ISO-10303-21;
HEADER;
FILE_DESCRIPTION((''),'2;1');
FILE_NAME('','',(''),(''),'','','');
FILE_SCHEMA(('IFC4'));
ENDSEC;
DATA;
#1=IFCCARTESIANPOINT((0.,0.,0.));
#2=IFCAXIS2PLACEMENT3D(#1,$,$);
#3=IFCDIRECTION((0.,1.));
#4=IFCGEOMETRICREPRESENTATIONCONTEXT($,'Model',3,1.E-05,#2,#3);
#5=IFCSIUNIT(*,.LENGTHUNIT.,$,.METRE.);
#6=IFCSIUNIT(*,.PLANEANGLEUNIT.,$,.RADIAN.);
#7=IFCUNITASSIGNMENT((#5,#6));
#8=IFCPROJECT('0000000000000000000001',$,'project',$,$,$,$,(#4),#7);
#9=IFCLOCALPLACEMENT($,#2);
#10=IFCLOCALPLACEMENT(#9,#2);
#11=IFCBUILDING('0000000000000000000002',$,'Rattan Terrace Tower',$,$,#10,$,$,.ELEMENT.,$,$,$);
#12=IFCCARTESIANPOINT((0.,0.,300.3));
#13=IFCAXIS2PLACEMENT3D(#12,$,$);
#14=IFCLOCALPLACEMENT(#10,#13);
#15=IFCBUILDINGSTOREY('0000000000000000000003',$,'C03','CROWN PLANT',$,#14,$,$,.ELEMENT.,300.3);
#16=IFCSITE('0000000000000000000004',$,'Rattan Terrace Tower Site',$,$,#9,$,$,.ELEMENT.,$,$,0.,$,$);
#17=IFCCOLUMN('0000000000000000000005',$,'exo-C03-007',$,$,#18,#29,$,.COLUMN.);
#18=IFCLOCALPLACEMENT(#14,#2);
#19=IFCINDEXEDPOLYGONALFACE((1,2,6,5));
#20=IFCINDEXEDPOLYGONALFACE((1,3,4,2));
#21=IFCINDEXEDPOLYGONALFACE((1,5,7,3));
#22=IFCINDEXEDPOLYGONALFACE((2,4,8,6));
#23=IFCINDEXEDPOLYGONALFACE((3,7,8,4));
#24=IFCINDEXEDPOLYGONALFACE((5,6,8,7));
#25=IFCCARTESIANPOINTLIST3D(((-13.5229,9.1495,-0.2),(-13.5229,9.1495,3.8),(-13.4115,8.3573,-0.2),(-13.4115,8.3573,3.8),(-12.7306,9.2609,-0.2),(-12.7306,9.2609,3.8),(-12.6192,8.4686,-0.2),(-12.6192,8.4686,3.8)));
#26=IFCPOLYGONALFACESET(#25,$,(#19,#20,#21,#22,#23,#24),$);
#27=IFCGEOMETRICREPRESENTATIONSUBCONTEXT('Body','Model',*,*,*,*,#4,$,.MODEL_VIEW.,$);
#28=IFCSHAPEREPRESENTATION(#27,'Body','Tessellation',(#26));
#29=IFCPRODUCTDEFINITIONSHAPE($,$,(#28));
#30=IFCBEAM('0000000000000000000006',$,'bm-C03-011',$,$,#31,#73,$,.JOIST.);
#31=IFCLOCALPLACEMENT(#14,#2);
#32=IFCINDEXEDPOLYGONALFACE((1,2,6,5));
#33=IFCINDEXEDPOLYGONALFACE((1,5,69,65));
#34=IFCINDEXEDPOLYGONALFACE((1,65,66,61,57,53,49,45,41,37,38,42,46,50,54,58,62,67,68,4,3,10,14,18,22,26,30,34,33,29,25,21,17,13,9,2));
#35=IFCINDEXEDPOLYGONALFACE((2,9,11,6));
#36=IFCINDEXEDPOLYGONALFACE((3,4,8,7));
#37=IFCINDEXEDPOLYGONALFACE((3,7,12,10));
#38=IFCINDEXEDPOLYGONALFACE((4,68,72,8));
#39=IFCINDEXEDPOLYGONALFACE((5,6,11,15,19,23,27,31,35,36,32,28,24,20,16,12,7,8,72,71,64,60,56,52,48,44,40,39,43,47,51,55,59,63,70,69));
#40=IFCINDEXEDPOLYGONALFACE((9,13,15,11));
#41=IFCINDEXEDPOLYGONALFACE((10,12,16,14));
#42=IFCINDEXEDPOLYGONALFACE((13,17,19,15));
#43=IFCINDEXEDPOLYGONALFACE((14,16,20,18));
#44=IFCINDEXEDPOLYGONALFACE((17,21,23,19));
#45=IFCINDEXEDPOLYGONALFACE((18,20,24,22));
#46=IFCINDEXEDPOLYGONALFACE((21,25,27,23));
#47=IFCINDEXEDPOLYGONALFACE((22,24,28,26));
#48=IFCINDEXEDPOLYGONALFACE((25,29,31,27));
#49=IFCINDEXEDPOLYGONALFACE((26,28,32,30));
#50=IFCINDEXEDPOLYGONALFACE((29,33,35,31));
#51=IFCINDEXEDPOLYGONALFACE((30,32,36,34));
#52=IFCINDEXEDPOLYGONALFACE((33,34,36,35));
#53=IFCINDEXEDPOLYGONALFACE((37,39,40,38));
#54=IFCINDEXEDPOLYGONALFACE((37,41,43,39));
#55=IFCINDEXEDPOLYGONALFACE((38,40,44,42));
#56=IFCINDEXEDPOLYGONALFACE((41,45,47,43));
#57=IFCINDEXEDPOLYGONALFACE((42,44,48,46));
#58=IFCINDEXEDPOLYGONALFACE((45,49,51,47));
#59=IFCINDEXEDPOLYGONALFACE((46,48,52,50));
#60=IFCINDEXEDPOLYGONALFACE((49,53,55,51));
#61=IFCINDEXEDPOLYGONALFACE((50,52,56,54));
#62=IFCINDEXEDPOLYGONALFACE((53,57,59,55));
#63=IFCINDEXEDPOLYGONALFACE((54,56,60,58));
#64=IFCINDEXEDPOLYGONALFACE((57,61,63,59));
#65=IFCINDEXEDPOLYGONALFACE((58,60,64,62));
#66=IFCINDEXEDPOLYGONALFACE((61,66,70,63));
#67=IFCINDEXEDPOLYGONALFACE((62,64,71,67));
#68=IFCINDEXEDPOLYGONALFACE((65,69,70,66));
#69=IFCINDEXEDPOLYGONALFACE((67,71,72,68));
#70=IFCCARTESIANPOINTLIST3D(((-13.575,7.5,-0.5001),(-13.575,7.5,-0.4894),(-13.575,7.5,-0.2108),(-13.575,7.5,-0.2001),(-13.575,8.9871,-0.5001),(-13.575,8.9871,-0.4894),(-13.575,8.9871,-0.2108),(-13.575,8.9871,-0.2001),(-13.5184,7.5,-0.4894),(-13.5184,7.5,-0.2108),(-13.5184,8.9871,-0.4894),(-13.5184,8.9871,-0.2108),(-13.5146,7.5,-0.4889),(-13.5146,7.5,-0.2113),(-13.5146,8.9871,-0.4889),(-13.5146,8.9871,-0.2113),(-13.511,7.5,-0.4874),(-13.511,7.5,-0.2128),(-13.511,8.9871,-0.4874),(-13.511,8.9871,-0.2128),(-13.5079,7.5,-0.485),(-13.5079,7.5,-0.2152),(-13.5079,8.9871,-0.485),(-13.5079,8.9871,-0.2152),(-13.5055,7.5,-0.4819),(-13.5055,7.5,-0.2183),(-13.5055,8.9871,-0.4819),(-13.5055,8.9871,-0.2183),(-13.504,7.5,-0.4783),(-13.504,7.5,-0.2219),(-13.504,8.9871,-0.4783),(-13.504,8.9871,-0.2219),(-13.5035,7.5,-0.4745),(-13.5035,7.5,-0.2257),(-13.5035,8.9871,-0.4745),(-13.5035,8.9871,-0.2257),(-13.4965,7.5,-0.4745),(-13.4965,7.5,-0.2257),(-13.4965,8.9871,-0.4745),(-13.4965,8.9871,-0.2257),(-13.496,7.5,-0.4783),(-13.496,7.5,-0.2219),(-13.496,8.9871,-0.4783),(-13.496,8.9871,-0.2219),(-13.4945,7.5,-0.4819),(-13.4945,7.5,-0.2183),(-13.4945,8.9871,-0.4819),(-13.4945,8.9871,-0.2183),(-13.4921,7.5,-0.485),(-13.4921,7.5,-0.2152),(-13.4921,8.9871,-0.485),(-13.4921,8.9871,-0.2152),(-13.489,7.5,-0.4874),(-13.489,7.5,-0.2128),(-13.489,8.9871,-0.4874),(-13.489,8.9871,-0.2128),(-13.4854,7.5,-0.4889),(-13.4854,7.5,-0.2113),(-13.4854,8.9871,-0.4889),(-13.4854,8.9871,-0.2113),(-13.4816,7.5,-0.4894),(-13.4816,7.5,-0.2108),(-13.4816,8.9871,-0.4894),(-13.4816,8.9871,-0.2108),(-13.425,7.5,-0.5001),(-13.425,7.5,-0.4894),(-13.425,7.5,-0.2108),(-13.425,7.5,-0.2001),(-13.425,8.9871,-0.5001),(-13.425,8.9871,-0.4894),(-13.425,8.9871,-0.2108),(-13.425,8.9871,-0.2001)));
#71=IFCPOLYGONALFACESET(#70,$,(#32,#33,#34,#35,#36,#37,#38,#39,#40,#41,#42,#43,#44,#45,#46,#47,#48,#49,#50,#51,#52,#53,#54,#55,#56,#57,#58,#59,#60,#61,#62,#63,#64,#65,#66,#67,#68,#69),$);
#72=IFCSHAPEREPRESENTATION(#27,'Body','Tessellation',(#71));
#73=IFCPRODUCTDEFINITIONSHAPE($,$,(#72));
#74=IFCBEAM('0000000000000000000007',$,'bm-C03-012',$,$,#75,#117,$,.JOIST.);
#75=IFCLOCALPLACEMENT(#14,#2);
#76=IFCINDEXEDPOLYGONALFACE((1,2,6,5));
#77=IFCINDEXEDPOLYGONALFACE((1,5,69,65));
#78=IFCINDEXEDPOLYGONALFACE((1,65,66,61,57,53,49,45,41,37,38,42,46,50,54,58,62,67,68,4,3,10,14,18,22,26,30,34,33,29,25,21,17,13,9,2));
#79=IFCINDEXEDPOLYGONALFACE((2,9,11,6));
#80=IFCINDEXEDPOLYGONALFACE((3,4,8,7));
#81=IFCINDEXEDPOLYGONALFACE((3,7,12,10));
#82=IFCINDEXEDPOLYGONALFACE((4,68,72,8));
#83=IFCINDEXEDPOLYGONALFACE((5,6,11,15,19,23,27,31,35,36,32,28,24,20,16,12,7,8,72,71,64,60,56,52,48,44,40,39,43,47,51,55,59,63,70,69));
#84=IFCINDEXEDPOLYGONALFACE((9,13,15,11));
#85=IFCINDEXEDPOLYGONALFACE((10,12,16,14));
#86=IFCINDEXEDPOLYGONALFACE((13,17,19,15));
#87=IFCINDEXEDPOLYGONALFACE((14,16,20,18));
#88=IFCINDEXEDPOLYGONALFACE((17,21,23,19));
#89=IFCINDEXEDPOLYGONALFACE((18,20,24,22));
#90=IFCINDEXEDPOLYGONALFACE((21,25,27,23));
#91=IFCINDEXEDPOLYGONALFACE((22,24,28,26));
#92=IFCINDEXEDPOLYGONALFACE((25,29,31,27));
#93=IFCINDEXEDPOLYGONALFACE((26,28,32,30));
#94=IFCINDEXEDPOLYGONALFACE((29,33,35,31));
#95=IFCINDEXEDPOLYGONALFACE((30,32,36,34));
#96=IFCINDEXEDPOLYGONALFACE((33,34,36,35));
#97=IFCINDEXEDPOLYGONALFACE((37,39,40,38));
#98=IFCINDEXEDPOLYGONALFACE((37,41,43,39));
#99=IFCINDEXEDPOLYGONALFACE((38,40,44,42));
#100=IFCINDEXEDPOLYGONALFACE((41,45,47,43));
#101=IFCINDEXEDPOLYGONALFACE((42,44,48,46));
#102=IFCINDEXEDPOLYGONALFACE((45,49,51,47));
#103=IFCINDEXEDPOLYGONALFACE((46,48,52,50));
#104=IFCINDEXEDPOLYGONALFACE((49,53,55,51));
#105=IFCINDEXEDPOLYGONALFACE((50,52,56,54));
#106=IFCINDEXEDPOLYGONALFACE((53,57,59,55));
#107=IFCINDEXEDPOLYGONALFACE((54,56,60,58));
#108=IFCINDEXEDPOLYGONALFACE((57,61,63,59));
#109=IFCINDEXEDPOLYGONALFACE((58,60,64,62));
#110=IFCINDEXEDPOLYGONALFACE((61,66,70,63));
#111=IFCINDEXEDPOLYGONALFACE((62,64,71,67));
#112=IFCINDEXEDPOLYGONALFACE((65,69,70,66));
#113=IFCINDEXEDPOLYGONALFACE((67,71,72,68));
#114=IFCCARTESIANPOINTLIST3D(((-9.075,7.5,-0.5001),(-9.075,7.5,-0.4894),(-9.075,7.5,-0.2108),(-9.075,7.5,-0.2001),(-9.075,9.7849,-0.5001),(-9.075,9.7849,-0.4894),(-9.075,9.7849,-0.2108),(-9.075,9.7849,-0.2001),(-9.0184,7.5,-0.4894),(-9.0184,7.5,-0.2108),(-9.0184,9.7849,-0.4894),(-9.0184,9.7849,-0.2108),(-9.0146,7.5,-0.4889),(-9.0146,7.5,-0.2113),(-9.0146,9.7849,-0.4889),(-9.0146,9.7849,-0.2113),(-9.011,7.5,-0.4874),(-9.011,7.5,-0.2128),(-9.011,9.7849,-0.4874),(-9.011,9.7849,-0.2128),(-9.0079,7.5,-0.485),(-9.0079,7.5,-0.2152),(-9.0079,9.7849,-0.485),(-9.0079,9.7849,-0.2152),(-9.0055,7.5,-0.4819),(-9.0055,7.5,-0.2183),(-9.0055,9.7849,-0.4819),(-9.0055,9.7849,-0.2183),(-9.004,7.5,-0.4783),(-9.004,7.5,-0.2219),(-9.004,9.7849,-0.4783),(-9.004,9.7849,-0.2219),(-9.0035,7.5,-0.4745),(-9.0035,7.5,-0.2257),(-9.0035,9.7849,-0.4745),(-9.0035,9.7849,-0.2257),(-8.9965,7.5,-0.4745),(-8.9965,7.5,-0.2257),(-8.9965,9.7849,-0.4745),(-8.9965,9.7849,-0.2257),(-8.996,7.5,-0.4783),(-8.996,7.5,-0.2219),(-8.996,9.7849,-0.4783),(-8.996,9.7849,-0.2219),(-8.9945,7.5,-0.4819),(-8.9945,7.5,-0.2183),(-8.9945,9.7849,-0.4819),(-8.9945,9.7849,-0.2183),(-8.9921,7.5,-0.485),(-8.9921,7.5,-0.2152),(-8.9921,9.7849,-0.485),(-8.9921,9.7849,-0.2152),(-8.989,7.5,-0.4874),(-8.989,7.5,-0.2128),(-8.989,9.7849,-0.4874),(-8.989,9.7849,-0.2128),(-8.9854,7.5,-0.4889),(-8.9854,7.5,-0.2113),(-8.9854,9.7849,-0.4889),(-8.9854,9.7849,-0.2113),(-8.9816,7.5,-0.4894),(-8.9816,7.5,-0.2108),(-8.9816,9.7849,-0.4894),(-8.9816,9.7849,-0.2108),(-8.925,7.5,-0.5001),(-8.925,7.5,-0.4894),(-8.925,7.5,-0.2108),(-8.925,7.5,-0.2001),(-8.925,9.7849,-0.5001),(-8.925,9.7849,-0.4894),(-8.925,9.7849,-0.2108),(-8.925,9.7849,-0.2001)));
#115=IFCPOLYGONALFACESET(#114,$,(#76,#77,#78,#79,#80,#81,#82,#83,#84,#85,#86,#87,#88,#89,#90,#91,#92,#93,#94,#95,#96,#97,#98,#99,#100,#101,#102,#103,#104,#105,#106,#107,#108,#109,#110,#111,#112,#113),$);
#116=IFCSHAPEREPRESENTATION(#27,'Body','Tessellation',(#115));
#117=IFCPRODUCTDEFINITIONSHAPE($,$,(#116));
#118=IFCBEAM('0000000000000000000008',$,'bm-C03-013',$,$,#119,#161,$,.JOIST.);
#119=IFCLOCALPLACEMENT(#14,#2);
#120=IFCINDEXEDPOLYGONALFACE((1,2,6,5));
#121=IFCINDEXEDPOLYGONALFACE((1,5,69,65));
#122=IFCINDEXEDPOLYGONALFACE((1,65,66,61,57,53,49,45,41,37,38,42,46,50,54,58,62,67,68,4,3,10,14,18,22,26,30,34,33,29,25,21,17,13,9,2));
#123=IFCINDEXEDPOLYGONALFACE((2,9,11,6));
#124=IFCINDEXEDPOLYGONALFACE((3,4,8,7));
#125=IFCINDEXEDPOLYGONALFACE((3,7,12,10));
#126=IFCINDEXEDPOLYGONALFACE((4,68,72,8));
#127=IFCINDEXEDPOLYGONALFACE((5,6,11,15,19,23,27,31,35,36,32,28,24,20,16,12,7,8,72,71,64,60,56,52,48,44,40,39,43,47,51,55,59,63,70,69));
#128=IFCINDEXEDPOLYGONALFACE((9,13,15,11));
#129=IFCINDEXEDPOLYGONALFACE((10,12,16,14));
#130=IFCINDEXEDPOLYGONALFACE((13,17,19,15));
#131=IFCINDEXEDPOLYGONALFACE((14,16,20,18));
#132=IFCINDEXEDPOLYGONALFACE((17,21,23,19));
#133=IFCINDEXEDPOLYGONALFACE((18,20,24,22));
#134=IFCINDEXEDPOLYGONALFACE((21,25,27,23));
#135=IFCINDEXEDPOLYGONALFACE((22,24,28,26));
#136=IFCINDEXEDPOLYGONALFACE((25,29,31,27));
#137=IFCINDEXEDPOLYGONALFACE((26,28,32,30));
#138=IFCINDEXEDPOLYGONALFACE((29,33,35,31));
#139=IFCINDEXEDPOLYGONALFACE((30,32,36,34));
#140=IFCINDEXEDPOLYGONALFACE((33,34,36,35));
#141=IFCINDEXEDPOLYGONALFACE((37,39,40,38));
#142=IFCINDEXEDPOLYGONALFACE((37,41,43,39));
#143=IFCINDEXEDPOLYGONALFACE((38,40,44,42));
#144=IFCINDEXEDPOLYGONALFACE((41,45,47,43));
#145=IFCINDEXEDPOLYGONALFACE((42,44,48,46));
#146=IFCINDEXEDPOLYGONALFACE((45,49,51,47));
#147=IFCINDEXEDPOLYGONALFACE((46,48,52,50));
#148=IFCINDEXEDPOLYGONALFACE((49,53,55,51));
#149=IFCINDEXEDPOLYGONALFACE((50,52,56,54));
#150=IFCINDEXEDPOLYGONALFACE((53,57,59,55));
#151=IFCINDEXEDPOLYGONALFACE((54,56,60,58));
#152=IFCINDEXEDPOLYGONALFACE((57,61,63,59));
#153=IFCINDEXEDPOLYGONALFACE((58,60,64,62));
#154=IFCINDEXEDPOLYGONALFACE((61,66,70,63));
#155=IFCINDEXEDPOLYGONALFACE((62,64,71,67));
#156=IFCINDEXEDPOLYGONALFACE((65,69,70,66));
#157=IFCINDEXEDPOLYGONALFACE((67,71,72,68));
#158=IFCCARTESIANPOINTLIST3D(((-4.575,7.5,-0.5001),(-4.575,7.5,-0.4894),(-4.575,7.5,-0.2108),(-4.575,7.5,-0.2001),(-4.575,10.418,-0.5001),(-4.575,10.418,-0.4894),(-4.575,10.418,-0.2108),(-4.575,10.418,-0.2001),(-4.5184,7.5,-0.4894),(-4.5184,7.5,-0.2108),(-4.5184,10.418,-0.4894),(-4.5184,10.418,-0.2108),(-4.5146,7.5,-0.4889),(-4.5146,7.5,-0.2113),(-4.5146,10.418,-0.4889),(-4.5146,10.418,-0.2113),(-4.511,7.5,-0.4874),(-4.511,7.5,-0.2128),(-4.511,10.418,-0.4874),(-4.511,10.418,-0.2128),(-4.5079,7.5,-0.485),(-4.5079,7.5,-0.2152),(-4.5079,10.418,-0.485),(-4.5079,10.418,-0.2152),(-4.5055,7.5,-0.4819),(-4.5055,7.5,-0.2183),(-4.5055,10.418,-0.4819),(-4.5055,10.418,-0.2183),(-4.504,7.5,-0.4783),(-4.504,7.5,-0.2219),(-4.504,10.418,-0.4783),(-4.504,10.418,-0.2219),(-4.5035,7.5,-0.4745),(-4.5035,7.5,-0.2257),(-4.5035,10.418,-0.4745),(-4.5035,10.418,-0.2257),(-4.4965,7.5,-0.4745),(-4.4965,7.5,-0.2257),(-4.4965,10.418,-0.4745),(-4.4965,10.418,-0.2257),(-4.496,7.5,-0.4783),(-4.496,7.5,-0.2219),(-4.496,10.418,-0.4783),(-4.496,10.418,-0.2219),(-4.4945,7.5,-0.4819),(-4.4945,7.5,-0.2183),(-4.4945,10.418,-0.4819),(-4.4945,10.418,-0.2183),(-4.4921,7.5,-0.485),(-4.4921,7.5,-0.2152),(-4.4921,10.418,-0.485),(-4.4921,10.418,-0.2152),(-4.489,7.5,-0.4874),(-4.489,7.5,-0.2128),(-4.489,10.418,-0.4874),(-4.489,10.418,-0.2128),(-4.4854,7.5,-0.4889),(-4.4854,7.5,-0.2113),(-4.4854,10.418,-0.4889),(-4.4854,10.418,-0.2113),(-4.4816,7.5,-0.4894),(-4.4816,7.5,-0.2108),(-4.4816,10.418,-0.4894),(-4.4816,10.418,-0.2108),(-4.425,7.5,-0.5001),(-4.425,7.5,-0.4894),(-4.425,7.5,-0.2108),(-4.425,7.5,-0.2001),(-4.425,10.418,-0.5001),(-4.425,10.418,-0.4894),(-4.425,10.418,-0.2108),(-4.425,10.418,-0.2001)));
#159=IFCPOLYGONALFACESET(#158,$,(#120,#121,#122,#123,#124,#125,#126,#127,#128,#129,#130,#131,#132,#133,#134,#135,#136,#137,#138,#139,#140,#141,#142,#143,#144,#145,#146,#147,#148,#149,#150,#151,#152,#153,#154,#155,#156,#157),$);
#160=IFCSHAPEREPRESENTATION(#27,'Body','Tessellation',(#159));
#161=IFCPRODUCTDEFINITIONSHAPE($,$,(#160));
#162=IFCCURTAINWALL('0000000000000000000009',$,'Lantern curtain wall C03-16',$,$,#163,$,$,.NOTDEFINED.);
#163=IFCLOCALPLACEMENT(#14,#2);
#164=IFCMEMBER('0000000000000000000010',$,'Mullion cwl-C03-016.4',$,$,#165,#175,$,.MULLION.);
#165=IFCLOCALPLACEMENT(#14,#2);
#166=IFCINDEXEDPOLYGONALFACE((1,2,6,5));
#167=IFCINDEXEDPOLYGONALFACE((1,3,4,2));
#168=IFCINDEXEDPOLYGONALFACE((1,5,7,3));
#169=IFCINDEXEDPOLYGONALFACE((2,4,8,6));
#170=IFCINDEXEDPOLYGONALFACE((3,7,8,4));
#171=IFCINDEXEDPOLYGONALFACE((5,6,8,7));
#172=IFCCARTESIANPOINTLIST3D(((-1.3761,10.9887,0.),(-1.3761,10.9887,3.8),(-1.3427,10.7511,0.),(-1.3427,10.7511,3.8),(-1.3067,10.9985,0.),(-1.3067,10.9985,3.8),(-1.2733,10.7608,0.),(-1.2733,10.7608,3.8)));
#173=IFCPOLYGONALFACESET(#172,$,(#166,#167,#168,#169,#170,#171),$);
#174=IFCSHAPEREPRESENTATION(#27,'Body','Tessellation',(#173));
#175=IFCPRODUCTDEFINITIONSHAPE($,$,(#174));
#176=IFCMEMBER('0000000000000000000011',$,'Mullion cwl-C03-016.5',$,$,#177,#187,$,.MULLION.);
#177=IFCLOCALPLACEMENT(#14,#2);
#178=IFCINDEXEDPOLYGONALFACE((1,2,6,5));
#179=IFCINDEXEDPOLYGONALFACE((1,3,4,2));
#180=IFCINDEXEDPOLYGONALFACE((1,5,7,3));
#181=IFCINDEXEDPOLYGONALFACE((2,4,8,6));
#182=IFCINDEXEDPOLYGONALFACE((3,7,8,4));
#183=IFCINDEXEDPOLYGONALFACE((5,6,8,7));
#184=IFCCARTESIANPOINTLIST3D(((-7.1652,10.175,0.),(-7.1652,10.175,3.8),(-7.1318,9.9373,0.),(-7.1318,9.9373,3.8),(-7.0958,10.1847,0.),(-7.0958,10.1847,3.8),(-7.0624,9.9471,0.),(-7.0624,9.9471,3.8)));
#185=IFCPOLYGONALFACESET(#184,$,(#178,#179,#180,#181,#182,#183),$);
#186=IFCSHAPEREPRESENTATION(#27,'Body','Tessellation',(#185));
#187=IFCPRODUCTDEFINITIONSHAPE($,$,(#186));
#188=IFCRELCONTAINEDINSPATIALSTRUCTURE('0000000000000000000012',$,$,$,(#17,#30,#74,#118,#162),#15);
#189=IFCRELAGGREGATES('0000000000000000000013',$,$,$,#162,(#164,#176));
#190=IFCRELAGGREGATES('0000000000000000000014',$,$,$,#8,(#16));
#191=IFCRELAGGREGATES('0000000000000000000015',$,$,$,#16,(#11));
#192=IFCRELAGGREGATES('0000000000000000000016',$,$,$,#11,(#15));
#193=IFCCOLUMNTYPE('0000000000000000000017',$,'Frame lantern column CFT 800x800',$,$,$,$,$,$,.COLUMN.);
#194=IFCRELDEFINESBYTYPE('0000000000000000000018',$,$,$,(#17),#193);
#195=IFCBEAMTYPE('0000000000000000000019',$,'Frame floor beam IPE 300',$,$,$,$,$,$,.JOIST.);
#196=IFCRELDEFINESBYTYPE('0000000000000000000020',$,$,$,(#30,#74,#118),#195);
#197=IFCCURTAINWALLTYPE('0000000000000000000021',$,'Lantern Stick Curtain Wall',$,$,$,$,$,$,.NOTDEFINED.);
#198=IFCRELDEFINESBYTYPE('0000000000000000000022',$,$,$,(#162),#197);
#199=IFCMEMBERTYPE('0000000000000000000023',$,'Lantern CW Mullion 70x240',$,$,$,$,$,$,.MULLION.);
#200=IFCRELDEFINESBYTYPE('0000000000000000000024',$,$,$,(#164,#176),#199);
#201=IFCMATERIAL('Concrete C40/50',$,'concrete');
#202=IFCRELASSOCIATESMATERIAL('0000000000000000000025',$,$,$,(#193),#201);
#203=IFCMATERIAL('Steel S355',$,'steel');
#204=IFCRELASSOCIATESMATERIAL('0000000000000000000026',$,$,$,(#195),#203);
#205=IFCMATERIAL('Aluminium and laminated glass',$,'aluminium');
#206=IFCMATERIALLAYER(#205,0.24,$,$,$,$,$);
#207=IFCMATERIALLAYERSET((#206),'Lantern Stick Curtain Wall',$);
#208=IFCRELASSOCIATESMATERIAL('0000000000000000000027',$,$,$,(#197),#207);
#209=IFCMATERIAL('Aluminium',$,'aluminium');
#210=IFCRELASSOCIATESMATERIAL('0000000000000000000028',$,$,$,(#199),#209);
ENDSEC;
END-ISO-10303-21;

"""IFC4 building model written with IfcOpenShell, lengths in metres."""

from ifc_helpers import new_model, si_unit, direction, frame, origin, origin_2d, place, context, subcontext, project, spatial, rectangle, i_section, extrude, material, layer, layer_set, material_profile, profile_set, type_object, element, aggregate, save


model = new_model("IFC4")

# Units and contexts
model_context = context("Model", 3, precision=1e-05, world=origin(), true_north=direction((0.0, 1.0)))
body_context = subcontext(model_context, "Body", "Model", "MODEL_VIEW")
ifc_project = project(units=[si_unit("LENGTHUNIT", "METRE"), si_unit("PLANEANGLEUNIT", "RADIAN")], contexts=[model_context])

# Site, building, storey
site_placement = place(None, origin())
site = spatial("IfcSite", under=ifc_project, at=site_placement, Name="Rattan Terrace Tower Site", CompositionType="ELEMENT", RefElevation=0.0)
building_placement = place(site_placement, origin())
building = spatial("IfcBuilding", under=site, at=building_placement, Name="Rattan Terrace Tower", CompositionType="ELEMENT")
storey_placement = place(building_placement, frame((0.0, 0.0, 300.3)))
storey = spatial("IfcBuildingStorey", under=building, at=storey_placement, Name="C03", Description="CROWN PLANT", CompositionType="ELEMENT", Elevation=300.3)

# Column
ifc_material_1 = material(Name="Concrete C40/50", Category="concrete")
ifc_material_profile_1 = material_profile(ifc_material_1, rectangle(XDim=0.8, YDim=0.8, at=origin_2d()), Name="CFT 800x800")
ifc_profile_set_1 = profile_set([ifc_material_profile_1], Name="Concrete C40/50")
column_type = type_object("IfcColumnType", Name="Frame lantern column CFT 800x800", PredefinedType="COLUMN", material=ifc_profile_set_1)
column_placement = place(storey_placement, frame((-13.071, 8.8091, -0.2), z_axis=(0.0, 0.0, 1.0), x_axis=(0.990266, 0.13919, 0.0)))
element("IfcColumn", 1, at=column_placement, inside=storey, type_object=column_type, Name="exo-C03-007", PredefinedType="COLUMN", context=body_context, shape_type="SweptSolid", body=[
    extrude(rectangle(XDim=0.8, YDim=0.8, at=origin_2d()), origin(), (0.0, 0.0, 1.0), 4.0),
])

# Beams
ifc_material_2 = material(Name="Steel S355", Category="steel")
ifc_material_profile_2 = material_profile(ifc_material_2, i_section(OverallWidth=0.1499, OverallDepth=0.3, WebThickness=0.0071, FlangeThickness=0.0107, FilletRadius=0.0149, at=origin_2d()), Name="IPE 300")
ifc_profile_set_2 = profile_set([ifc_material_profile_2], Name="Steel S355")
beam_type = type_object("IfcBeamType", Name="Frame floor beam IPE 300", PredefinedType="JOIST", material=ifc_profile_set_2)
beam_1_placement = place(storey_placement, frame((-13.5, 7.5, -0.3501), z_axis=(0.0, 1.0, 0.0), x_axis=(-1.0, 0.0, 0.0)))
element("IfcBeam", 2, at=beam_1_placement, inside=storey, type_object=beam_type, Name="bm-C03-011", PredefinedType="JOIST", context=body_context, shape_type="SweptSolid", body=[
    extrude(i_section(OverallWidth=0.1499, OverallDepth=0.3, WebThickness=0.0071, FlangeThickness=0.0107, FilletRadius=0.0149, at=origin_2d()), origin(), (0.0, 0.0, 1.0), 1.4871),
])
beam_2_placement = place(storey_placement, frame((-9.0, 7.5, -0.3501), z_axis=(0.0, 1.0, 0.0), x_axis=(-1.0, 0.0, 0.0)))
element("IfcBeam", 3, at=beam_2_placement, inside=storey, type_object=beam_type, Name="bm-C03-012", PredefinedType="JOIST", context=body_context, shape_type="SweptSolid", body=[
    extrude(i_section(OverallWidth=0.1499, OverallDepth=0.3, WebThickness=0.0071, FlangeThickness=0.0107, FilletRadius=0.0149, at=origin_2d()), origin(), (0.0, 0.0, 1.0), 2.2849),
])
beam_3_placement = place(storey_placement, frame((-4.5, 7.5, -0.3501), z_axis=(0.0, 1.0, 0.0), x_axis=(-1.0, 0.0, 0.0)))
element("IfcBeam", 4, at=beam_3_placement, inside=storey, type_object=beam_type, Name="bm-C03-013", PredefinedType="JOIST", context=body_context, shape_type="SweptSolid", body=[
    extrude(i_section(OverallWidth=0.1499, OverallDepth=0.3, WebThickness=0.0071, FlangeThickness=0.0107, FilletRadius=0.0149, at=origin_2d()), origin(), (0.0, 0.0, 1.0), 2.918),
])

# Curtain wall, members
ifc_material_3 = material(Name="Aluminium and laminated glass", Category="aluminium")
ifc_layer_1 = layer(ifc_material_3, 0.24)
ifc_layer_set_1 = layer_set([ifc_layer_1], Name="Lantern Stick Curtain Wall")
curtain_wall_type = type_object("IfcCurtainWallType", Name="Lantern Stick Curtain Wall", PredefinedType="NOTDEFINED", material=ifc_layer_set_1)
curtain_wall_placement = place(storey_placement, origin())
curtain_wall = element("IfcCurtainWall", 5, at=curtain_wall_placement, inside=storey, type_object=curtain_wall_type, Name="Lantern curtain wall C03-16", PredefinedType="NOTDEFINED")
ifc_material_4 = material(Name="Aluminium", Category="aluminium")
ifc_material_profile_3 = material_profile(ifc_material_4, rectangle(XDim=0.0701, YDim=0.24, at=origin_2d()), Name="Aluminium 70x240")
ifc_profile_set_3 = profile_set([ifc_material_profile_3], Name="Aluminium")
member_type_1 = type_object("IfcMemberType", Name="Lantern CW Mullion 70x240", PredefinedType="MULLION", material=ifc_profile_set_3)
member_1_placement = place(storey_placement, frame((-1.3247, 10.8748, 0.0), z_axis=(0.0, 0.0, 1.0), x_axis=(-0.990267, -0.139181, 0.0)))
member_1 = element("IfcMember", 6, at=member_1_placement, type_object=member_type_1, Name="Mullion cwl-C03-016.4", PredefinedType="MULLION", context=body_context, shape_type="SweptSolid", body=[
    extrude(rectangle(XDim=0.0701, YDim=0.24, at=origin_2d()), origin(), (0.0, 0.0, 1.0), 3.8),
])
member_2_placement = place(storey_placement, frame((-7.1138, 10.061, 0.0), z_axis=(0.0, 0.0, 1.0), x_axis=(-0.990267, -0.139181, 0.0)))
member_2 = element("IfcMember", 7, at=member_2_placement, type_object=member_type_1, Name="Mullion cwl-C03-016.5", PredefinedType="MULLION", context=body_context, shape_type="SweptSolid", body=[
    extrude(rectangle(XDim=0.0701, YDim=0.24, at=origin_2d()), origin(), (0.0, 0.0, 1.0), 3.8),
])

aggregate(curtain_wall, [member_1, member_2])

save(model, "model.ifc")
